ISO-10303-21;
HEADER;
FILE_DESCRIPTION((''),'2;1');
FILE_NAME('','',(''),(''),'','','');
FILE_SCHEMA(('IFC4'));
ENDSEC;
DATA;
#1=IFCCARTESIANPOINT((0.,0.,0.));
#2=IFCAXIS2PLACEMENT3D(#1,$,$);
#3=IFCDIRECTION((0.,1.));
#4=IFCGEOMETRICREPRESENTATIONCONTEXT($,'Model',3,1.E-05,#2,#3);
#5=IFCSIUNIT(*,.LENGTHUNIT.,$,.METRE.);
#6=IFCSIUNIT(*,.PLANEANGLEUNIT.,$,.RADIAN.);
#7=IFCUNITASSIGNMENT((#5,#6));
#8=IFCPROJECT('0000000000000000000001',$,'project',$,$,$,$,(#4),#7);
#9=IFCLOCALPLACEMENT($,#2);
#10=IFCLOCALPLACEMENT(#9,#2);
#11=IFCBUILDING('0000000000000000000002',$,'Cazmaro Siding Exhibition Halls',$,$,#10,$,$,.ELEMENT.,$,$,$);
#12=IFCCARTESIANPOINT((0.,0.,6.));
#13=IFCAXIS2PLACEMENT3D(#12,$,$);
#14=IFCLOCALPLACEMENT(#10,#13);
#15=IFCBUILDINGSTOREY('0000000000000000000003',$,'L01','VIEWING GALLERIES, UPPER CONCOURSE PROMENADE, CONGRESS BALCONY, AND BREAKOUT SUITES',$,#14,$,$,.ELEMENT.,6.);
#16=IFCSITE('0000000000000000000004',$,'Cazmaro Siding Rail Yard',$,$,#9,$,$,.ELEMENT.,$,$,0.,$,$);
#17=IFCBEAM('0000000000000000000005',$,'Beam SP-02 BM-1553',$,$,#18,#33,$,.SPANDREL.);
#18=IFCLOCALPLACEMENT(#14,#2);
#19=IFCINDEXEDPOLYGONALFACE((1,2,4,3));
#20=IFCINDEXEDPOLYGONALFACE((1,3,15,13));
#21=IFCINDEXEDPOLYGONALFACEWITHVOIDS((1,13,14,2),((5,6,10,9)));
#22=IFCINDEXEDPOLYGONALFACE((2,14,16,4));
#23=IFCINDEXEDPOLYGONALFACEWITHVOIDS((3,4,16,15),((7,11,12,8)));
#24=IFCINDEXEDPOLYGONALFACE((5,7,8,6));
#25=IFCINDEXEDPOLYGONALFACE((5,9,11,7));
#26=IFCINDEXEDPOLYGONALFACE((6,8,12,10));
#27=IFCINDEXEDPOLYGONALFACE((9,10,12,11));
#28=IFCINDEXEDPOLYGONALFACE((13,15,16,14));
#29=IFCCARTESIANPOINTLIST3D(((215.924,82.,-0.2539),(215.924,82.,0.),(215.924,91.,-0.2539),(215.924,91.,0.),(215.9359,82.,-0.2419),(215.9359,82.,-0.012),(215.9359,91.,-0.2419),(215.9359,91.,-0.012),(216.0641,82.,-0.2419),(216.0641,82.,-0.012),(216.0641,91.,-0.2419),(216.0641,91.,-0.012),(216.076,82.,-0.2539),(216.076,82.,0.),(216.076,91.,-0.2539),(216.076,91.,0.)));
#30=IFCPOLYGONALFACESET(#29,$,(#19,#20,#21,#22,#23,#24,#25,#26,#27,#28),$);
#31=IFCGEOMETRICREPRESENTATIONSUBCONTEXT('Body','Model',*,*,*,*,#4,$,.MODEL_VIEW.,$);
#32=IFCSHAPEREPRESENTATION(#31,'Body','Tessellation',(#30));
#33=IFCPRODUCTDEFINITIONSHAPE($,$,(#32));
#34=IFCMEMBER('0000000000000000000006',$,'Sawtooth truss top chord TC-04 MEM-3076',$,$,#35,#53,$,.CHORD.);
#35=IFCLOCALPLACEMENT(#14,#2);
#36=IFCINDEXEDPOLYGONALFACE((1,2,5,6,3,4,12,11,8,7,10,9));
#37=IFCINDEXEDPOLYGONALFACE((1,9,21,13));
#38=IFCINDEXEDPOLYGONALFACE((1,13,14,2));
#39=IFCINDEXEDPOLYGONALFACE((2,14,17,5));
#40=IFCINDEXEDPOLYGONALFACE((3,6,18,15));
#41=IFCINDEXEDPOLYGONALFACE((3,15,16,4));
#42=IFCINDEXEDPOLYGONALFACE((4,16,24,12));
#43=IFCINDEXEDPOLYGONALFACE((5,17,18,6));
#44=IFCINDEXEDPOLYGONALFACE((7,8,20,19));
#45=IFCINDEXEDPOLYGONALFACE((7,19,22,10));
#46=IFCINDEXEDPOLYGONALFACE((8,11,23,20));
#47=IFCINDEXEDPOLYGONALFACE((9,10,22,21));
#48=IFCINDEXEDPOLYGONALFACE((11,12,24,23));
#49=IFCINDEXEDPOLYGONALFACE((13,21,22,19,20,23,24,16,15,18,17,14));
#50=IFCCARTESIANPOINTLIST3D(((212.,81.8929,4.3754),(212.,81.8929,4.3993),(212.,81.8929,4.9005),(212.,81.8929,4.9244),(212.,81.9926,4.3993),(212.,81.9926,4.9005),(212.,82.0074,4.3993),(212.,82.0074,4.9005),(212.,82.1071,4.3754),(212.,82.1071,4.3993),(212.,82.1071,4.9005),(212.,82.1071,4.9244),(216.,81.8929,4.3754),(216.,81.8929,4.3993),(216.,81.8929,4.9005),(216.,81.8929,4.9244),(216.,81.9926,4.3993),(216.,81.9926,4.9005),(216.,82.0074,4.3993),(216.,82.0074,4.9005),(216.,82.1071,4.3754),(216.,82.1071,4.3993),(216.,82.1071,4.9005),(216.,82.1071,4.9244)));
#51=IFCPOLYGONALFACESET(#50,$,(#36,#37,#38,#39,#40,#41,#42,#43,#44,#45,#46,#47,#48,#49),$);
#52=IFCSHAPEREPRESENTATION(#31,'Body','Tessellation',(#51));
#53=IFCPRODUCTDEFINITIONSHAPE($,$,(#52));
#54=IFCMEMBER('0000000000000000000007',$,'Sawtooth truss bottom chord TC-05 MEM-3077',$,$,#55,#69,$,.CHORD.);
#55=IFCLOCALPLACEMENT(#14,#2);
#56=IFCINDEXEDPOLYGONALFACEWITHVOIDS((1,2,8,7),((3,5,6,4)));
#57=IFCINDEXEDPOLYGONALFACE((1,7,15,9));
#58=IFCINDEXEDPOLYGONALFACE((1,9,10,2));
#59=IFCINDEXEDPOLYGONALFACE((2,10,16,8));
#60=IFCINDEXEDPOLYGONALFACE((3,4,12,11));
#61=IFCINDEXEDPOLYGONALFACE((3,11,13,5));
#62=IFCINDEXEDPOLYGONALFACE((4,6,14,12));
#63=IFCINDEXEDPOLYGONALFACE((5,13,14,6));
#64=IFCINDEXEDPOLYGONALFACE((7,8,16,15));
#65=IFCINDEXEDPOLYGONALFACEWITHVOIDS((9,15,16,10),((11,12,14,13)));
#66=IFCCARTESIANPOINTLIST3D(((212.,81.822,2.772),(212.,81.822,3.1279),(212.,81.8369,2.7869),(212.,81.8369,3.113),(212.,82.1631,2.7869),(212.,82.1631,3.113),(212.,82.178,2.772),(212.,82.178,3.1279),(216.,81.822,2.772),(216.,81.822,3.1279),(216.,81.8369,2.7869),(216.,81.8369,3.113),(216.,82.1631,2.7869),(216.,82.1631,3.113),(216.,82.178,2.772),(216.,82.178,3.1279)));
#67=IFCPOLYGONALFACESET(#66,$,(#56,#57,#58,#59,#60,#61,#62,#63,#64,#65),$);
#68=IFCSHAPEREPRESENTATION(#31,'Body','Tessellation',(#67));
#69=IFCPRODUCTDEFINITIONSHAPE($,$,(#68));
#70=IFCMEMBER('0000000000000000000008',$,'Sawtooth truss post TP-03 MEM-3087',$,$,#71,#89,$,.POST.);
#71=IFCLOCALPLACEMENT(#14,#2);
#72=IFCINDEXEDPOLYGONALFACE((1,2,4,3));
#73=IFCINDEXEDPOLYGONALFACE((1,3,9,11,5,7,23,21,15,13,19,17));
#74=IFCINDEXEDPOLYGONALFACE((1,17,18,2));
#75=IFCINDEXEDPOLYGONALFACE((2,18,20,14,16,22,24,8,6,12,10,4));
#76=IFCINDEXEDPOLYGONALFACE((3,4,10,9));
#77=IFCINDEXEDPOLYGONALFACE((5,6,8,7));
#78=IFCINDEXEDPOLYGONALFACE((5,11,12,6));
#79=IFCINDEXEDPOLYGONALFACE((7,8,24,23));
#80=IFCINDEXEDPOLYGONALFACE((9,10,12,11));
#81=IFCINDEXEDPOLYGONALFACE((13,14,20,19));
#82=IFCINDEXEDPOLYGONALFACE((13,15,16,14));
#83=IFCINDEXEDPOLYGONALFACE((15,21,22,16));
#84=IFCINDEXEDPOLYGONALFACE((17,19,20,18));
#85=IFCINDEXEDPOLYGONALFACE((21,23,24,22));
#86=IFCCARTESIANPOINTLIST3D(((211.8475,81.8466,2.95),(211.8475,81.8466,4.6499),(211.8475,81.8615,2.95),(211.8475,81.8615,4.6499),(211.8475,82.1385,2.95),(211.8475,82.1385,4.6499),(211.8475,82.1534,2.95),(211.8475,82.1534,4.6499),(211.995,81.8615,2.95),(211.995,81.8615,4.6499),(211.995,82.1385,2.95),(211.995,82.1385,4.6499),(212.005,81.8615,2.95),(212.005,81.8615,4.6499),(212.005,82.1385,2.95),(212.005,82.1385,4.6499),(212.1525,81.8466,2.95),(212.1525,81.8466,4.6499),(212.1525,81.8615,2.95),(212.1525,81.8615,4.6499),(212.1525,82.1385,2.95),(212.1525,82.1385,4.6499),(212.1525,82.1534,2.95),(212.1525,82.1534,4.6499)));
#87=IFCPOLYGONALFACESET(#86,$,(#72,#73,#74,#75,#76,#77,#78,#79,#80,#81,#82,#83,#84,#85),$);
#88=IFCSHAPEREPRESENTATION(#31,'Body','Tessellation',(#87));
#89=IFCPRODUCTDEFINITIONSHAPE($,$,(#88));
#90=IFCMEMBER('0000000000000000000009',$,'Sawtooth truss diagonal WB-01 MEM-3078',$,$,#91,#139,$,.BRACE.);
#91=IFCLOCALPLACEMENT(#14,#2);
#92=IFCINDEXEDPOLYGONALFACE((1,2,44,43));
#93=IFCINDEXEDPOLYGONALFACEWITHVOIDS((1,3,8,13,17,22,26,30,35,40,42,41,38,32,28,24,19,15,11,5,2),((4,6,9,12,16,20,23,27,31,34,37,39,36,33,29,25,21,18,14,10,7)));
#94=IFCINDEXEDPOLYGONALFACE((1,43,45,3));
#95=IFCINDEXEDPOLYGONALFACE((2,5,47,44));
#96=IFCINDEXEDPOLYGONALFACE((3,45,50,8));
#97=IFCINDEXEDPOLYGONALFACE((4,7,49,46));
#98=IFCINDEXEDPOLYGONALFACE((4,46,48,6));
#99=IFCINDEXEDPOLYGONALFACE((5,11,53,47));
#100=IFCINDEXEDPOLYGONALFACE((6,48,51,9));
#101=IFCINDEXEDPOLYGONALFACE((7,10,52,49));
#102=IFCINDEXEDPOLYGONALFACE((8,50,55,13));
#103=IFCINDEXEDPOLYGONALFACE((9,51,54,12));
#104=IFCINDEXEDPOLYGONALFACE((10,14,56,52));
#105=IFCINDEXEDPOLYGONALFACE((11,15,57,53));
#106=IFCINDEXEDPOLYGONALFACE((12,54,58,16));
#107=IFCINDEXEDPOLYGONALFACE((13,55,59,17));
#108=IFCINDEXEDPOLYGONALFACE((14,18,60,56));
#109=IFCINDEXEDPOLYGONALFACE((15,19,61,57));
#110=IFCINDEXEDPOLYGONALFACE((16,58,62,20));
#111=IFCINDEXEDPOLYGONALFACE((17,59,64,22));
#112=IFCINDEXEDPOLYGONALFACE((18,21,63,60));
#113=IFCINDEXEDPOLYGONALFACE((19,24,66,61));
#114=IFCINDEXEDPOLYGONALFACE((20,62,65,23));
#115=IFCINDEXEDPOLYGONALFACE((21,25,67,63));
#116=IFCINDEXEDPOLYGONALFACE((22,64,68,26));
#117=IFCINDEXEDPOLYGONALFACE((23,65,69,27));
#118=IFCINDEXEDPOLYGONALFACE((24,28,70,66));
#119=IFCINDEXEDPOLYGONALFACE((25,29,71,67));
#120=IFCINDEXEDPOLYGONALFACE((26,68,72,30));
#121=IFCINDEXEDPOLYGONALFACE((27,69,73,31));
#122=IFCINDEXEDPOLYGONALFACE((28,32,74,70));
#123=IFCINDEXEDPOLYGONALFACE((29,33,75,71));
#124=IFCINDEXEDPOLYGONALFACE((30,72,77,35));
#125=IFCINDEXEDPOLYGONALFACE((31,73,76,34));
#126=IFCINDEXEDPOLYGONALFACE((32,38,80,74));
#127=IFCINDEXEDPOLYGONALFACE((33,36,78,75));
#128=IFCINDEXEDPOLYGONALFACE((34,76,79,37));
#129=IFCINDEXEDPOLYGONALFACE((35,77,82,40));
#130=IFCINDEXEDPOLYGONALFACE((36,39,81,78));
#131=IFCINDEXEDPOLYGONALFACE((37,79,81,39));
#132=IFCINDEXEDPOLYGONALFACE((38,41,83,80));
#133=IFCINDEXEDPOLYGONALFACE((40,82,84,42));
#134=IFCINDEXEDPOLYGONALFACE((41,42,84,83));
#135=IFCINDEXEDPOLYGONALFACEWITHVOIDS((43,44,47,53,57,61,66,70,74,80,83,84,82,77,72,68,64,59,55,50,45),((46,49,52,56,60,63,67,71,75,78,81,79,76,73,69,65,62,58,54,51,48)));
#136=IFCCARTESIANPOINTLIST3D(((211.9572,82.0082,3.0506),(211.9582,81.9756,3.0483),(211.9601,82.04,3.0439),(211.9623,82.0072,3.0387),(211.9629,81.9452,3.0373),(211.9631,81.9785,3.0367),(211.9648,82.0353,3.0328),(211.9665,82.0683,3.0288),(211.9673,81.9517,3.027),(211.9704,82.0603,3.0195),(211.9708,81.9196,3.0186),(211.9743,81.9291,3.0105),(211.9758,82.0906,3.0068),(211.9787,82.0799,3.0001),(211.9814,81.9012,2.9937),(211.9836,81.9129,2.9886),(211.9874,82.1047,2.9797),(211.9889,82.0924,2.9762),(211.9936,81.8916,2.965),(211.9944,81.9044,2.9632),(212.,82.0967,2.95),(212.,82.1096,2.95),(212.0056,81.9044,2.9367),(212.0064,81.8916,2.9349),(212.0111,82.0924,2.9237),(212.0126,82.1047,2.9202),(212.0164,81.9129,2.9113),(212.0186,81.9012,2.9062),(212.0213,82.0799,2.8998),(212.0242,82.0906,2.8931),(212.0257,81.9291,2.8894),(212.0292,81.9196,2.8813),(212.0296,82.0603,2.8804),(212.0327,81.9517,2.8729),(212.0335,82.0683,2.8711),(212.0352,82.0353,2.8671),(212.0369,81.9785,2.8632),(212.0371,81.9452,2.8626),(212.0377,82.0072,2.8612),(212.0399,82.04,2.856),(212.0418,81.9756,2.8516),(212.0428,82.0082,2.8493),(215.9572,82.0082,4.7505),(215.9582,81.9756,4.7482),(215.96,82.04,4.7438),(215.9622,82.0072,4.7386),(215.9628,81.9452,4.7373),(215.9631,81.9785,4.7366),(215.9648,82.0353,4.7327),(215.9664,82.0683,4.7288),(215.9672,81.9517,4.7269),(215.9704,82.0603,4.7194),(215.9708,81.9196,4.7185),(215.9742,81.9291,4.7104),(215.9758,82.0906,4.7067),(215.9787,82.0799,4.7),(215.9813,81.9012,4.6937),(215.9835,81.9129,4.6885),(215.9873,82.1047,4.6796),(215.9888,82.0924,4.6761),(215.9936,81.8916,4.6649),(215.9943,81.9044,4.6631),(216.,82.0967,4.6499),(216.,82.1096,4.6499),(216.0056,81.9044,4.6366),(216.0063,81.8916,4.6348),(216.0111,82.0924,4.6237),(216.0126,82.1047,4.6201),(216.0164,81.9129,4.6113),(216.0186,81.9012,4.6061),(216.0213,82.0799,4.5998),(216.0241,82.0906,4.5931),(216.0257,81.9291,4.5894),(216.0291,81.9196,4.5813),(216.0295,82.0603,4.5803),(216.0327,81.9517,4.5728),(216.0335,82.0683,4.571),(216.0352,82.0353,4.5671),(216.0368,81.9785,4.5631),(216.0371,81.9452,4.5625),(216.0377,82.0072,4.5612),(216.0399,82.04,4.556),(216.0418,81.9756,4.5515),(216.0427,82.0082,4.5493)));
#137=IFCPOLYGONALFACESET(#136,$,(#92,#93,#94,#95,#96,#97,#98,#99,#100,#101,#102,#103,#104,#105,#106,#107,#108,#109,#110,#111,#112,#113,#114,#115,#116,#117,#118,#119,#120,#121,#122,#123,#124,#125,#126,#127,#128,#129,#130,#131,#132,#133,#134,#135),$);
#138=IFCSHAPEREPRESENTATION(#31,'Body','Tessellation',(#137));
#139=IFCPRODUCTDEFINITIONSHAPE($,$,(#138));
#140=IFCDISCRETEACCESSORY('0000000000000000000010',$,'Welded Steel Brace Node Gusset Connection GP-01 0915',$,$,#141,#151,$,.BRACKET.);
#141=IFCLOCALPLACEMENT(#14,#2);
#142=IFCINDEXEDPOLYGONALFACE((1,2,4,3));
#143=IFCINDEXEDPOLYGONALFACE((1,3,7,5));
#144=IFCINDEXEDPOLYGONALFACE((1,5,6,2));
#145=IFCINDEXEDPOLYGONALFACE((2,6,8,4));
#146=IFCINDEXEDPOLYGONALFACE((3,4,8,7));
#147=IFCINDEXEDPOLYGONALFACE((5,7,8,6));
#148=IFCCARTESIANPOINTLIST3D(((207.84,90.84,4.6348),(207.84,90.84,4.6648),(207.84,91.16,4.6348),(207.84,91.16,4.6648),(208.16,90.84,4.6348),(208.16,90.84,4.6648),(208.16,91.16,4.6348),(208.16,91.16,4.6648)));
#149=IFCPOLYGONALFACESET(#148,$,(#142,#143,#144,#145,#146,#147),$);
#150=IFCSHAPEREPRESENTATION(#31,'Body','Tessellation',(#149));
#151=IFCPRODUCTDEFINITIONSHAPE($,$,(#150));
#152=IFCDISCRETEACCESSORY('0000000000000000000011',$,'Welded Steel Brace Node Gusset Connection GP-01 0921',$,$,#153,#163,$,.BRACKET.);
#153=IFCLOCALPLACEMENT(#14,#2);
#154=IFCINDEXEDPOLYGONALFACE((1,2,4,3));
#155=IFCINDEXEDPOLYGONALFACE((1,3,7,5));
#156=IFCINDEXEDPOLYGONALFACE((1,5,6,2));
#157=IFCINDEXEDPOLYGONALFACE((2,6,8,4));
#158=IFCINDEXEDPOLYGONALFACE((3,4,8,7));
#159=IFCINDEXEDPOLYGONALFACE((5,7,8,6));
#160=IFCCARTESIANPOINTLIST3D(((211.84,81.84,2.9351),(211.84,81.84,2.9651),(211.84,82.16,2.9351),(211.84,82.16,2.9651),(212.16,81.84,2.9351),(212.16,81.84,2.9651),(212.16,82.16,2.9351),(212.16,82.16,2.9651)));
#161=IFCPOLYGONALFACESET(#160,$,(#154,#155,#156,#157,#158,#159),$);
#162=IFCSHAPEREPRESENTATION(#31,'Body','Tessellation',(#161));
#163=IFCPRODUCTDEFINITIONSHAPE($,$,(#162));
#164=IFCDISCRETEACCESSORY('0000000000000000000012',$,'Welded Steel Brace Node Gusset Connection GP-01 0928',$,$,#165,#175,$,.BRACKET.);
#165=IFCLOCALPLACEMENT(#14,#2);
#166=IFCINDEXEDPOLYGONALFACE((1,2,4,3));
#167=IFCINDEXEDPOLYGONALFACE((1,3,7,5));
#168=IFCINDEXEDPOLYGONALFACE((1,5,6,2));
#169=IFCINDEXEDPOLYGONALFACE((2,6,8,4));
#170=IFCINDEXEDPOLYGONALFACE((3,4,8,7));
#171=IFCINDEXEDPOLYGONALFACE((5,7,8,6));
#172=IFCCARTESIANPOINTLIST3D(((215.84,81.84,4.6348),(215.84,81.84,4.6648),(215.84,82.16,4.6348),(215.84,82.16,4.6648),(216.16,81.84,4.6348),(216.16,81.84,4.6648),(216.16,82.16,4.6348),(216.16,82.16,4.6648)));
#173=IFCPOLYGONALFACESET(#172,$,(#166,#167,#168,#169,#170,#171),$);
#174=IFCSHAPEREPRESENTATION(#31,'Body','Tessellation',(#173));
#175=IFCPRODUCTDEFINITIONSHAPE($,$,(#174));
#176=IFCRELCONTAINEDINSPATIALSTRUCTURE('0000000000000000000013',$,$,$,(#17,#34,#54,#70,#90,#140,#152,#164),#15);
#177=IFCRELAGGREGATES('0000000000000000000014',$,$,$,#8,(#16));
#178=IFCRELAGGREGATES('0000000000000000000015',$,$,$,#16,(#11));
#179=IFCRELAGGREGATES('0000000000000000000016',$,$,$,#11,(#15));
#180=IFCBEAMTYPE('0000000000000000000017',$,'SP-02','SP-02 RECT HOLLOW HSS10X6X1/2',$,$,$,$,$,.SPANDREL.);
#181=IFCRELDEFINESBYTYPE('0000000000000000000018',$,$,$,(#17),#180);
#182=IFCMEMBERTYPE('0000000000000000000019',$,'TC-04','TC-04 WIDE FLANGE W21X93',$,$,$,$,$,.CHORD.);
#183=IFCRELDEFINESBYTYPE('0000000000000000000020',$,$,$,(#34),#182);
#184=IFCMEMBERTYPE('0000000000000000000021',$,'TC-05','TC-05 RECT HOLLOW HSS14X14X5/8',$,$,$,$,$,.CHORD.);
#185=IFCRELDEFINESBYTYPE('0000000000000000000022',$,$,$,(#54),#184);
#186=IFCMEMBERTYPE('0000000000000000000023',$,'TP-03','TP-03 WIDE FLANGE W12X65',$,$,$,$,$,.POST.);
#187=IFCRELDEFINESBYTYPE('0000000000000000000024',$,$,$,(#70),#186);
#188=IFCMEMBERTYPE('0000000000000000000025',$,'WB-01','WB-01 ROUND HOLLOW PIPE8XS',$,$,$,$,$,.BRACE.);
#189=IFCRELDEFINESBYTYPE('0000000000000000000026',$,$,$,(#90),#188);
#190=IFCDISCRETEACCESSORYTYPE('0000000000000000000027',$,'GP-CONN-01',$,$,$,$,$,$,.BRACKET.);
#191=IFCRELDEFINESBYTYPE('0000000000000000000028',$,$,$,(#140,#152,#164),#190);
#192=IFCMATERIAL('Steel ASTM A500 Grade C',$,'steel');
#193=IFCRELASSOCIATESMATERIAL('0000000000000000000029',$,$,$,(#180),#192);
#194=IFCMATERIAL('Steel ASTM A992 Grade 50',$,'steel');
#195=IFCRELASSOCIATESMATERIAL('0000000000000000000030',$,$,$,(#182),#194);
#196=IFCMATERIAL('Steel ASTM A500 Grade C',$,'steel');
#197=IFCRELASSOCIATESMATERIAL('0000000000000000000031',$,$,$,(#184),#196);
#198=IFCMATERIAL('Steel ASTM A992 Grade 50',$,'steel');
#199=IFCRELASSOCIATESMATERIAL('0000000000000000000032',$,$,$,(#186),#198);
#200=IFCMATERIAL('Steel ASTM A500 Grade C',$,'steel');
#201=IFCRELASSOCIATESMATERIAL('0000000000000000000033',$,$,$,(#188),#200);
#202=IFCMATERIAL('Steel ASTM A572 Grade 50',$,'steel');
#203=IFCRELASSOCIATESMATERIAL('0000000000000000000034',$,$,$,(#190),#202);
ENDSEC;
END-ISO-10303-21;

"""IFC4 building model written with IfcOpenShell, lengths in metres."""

from ifc_helpers import new_model, si_unit, direction, frame, origin, origin_2d, place, context, subcontext, project, spatial, rectangle, hollow_rectangle, hollow_circle, i_section, extrude, material, material_profile, profile_set, type_object, element, save


model = new_model("IFC4")

# Units and contexts
model_context = context("Model", 3, precision=1e-05, world=origin(), true_north=direction((0.0, 1.0)))
body_context = subcontext(model_context, "Body", "Model", "MODEL_VIEW")
ifc_project = project(units=[si_unit("LENGTHUNIT", "METRE"), si_unit("PLANEANGLEUNIT", "RADIAN")], contexts=[model_context])

# Site, building, storey
site_placement = place(None, origin())
site = spatial("IfcSite", under=ifc_project, at=site_placement, Name="Cazmaro Siding Rail Yard", CompositionType="ELEMENT", RefElevation=0.0)
building_placement = place(site_placement, origin())
building = spatial("IfcBuilding", under=site, at=building_placement, Name="Cazmaro Siding Exhibition Halls", CompositionType="ELEMENT")
storey_placement = place(building_placement, frame((0.0, 0.0, 6.0)))
storey = spatial("IfcBuildingStorey", under=building, at=storey_placement, Name="L01", Description="VIEWING GALLERIES, UPPER CONCOURSE PROMENADE, CONGRESS BALCONY, AND BREAKOUT SUITES", CompositionType="ELEMENT", Elevation=6.0)

# Beam
ifc_material_1 = material(Name="Steel ASTM A500 Grade C", Category="steel")
ifc_material_profile_1 = material_profile(ifc_material_1, hollow_rectangle(XDim=0.1521, YDim=0.2539, WallThickness=0.012, at=origin_2d()), Name="HSS10X6X1/2")
ifc_profile_set_1 = profile_set([ifc_material_profile_1], Name="Steel ASTM A500 Grade C")
beam_type_1 = type_object("IfcBeamType", Name="SP-02", Description="SP-02 RECT HOLLOW HSS10X6X1/2", PredefinedType="SPANDREL", material=ifc_profile_set_1)
beam_1_placement = place(storey_placement, frame((216.0, 82.0, -0.127), z_axis=(0.0, 1.0, 0.0), x_axis=(-1.0, 0.0, 0.0)))
element("IfcBeam", 1, at=beam_1_placement, inside=storey, type_object=beam_type_1, Name="Beam SP-02 BM-1553", PredefinedType="SPANDREL", context=body_context, shape_type="SweptSolid", body=[
    extrude(hollow_rectangle(XDim=0.1521, YDim=0.2539, WallThickness=0.012, at=origin_2d()), origin(), (0.0, 0.0, 1.0), 9.0),
])

# Members
ifc_material_2 = material(Name="Steel ASTM A992 Grade 50", Category="steel")
ifc_material_profile_2 = material_profile(ifc_material_2, i_section(OverallWidth=0.2141, OverallDepth=0.5491, WebThickness=0.0149, FlangeThickness=0.0239, at=origin_2d()), Name="W21X93")
ifc_profile_set_2 = profile_set([ifc_material_profile_2], Name="Steel ASTM A992 Grade 50")
member_type_1 = type_object("IfcMemberType", Name="TC-04", Description="TC-04 WIDE FLANGE W21X93", PredefinedType="CHORD", material=ifc_profile_set_2)
member_1_placement = place(storey_placement, frame((212.0, 82.0, 4.6499), z_axis=(1.0, 0.0, 0.0), x_axis=(0.0, 1.0, 0.0)))
element("IfcMember", 2, at=member_1_placement, inside=storey, type_object=member_type_1, Name="Sawtooth truss top chord TC-04 MEM-3076", PredefinedType="CHORD", context=body_context, shape_type="SweptSolid", body=[
    extrude(i_section(OverallWidth=0.2141, OverallDepth=0.5491, WebThickness=0.0149, FlangeThickness=0.0239, at=origin_2d()), origin(), (0.0, 0.0, 1.0), 4.0),
])
ifc_material_3 = material(Name="Steel ASTM A500 Grade C", Category="steel")
ifc_material_profile_3 = material_profile(ifc_material_3, hollow_rectangle(XDim=0.356, YDim=0.356, WallThickness=0.0149, at=origin_2d()), Name="HSS14X14X5/8")
ifc_profile_set_3 = profile_set([ifc_material_profile_3], Name="Steel ASTM A500 Grade C")
member_type_2 = type_object("IfcMemberType", Name="TC-05", Description="TC-05 RECT HOLLOW HSS14X14X5/8", PredefinedType="CHORD", material=ifc_profile_set_3)
member_2_placement = place(storey_placement, frame((212.0, 82.0, 2.95), z_axis=(1.0, 0.0, 0.0), x_axis=(0.0, 1.0, 0.0)))
element("IfcMember", 3, at=member_2_placement, inside=storey, type_object=member_type_2, Name="Sawtooth truss bottom chord TC-05 MEM-3077", PredefinedType="CHORD", context=body_context, shape_type="SweptSolid", body=[
    extrude(hollow_rectangle(XDim=0.356, YDim=0.356, WallThickness=0.0149, at=origin_2d()), origin(), (0.0, 0.0, 1.0), 4.0),
])
ifc_material_4 = material(Name="Steel ASTM A992 Grade 50", Category="steel")
ifc_material_profile_4 = material_profile(ifc_material_4, i_section(OverallWidth=0.3049, OverallDepth=0.3069, WebThickness=0.01, FlangeThickness=0.0149, at=origin_2d()), Name="W12X65")
ifc_profile_set_4 = profile_set([ifc_material_profile_4], Name="Steel ASTM A992 Grade 50")
member_type_3 = type_object("IfcMemberType", Name="TP-03", Description="TP-03 WIDE FLANGE W12X65", PredefinedType="POST", material=ifc_profile_set_4)
member_3_placement = place(storey_placement, frame((212.0, 82.0, 2.95), z_axis=(0.0, 0.0, 1.0), x_axis=(1.0, 0.0, 0.0)))
element("IfcMember", 4, at=member_3_placement, inside=storey, type_object=member_type_3, Name="Sawtooth truss post TP-03 MEM-3087", PredefinedType="POST", context=body_context, shape_type="SweptSolid", body=[
    extrude(i_section(OverallWidth=0.3049, OverallDepth=0.3069, WebThickness=0.01, FlangeThickness=0.0149, at=origin_2d()), origin(), (0.0, 0.0, 1.0), 1.7),
])
ifc_material_5 = material(Name="Steel ASTM A500 Grade C", Category="steel")
ifc_material_profile_5 = material_profile(ifc_material_5, hollow_circle(Radius=0.1096, WallThickness=0.0129, at=origin_2d()), Name="PIPE8XS")
ifc_profile_set_5 = profile_set([ifc_material_profile_5], Name="Steel ASTM A500 Grade C")
member_type_4 = type_object("IfcMemberType", Name="WB-01", Description="WB-01 ROUND HOLLOW PIPE8XS", PredefinedType="BRACE", material=ifc_profile_set_5)
member_4_placement = place(storey_placement, frame((212.0, 82.0, 2.95), z_axis=(0.920335, 0.0, 0.391131), x_axis=(0.0, 1.0, 0.0)))
element("IfcMember", 5, at=member_4_placement, inside=storey, type_object=member_type_4, Name="Sawtooth truss diagonal WB-01 MEM-3078", PredefinedType="BRACE", context=body_context, shape_type="SweptSolid", body=[
    extrude(hollow_circle(Radius=0.1096, WallThickness=0.0129, at=origin_2d()), origin(), (0.0, 0.0, 1.0), 4.3462),
])

# Discrete accessories
ifc_material_6 = material(Name="Steel ASTM A572 Grade 50", Category="steel")
discrete_accessory_type = type_object("IfcDiscreteAccessoryType", Name="GP-CONN-01", PredefinedType="BRACKET", material=ifc_material_6)
for number, where, z_axis, x_axis, name in (
    (6, (208.0, 91.0, 4.6348), (0.0, 0.0, 1.0), (1.0, 0.0, 0.0), "Welded Steel Brace Node Gusset Connection GP-01 0915"),
    (7, (212.0, 82.0, 2.9351), (0.0, 0.0, 1.0), (1.0, 0.0, 0.0), "Welded Steel Brace Node Gusset Connection GP-01 0921"),
    (8, (216.0, 82.0, 4.6348), (0.0, 0.0, 1.0), (1.0, 0.0, 0.0), "Welded Steel Brace Node Gusset Connection GP-01 0928"),
):
    element("IfcDiscreteAccessory", number, at=place(storey_placement, frame(where, z_axis=z_axis, x_axis=x_axis)), inside=storey, type_object=discrete_accessory_type, Name=name, PredefinedType="BRACKET", context=body_context, shape_type="SweptSolid", body=[
        extrude(rectangle(XDim=0.3201, YDim=0.3201, at=origin_2d()), origin(), (0.0, 0.0, 1.0), 0.03),
    ])

save(model, "model.ifc")
